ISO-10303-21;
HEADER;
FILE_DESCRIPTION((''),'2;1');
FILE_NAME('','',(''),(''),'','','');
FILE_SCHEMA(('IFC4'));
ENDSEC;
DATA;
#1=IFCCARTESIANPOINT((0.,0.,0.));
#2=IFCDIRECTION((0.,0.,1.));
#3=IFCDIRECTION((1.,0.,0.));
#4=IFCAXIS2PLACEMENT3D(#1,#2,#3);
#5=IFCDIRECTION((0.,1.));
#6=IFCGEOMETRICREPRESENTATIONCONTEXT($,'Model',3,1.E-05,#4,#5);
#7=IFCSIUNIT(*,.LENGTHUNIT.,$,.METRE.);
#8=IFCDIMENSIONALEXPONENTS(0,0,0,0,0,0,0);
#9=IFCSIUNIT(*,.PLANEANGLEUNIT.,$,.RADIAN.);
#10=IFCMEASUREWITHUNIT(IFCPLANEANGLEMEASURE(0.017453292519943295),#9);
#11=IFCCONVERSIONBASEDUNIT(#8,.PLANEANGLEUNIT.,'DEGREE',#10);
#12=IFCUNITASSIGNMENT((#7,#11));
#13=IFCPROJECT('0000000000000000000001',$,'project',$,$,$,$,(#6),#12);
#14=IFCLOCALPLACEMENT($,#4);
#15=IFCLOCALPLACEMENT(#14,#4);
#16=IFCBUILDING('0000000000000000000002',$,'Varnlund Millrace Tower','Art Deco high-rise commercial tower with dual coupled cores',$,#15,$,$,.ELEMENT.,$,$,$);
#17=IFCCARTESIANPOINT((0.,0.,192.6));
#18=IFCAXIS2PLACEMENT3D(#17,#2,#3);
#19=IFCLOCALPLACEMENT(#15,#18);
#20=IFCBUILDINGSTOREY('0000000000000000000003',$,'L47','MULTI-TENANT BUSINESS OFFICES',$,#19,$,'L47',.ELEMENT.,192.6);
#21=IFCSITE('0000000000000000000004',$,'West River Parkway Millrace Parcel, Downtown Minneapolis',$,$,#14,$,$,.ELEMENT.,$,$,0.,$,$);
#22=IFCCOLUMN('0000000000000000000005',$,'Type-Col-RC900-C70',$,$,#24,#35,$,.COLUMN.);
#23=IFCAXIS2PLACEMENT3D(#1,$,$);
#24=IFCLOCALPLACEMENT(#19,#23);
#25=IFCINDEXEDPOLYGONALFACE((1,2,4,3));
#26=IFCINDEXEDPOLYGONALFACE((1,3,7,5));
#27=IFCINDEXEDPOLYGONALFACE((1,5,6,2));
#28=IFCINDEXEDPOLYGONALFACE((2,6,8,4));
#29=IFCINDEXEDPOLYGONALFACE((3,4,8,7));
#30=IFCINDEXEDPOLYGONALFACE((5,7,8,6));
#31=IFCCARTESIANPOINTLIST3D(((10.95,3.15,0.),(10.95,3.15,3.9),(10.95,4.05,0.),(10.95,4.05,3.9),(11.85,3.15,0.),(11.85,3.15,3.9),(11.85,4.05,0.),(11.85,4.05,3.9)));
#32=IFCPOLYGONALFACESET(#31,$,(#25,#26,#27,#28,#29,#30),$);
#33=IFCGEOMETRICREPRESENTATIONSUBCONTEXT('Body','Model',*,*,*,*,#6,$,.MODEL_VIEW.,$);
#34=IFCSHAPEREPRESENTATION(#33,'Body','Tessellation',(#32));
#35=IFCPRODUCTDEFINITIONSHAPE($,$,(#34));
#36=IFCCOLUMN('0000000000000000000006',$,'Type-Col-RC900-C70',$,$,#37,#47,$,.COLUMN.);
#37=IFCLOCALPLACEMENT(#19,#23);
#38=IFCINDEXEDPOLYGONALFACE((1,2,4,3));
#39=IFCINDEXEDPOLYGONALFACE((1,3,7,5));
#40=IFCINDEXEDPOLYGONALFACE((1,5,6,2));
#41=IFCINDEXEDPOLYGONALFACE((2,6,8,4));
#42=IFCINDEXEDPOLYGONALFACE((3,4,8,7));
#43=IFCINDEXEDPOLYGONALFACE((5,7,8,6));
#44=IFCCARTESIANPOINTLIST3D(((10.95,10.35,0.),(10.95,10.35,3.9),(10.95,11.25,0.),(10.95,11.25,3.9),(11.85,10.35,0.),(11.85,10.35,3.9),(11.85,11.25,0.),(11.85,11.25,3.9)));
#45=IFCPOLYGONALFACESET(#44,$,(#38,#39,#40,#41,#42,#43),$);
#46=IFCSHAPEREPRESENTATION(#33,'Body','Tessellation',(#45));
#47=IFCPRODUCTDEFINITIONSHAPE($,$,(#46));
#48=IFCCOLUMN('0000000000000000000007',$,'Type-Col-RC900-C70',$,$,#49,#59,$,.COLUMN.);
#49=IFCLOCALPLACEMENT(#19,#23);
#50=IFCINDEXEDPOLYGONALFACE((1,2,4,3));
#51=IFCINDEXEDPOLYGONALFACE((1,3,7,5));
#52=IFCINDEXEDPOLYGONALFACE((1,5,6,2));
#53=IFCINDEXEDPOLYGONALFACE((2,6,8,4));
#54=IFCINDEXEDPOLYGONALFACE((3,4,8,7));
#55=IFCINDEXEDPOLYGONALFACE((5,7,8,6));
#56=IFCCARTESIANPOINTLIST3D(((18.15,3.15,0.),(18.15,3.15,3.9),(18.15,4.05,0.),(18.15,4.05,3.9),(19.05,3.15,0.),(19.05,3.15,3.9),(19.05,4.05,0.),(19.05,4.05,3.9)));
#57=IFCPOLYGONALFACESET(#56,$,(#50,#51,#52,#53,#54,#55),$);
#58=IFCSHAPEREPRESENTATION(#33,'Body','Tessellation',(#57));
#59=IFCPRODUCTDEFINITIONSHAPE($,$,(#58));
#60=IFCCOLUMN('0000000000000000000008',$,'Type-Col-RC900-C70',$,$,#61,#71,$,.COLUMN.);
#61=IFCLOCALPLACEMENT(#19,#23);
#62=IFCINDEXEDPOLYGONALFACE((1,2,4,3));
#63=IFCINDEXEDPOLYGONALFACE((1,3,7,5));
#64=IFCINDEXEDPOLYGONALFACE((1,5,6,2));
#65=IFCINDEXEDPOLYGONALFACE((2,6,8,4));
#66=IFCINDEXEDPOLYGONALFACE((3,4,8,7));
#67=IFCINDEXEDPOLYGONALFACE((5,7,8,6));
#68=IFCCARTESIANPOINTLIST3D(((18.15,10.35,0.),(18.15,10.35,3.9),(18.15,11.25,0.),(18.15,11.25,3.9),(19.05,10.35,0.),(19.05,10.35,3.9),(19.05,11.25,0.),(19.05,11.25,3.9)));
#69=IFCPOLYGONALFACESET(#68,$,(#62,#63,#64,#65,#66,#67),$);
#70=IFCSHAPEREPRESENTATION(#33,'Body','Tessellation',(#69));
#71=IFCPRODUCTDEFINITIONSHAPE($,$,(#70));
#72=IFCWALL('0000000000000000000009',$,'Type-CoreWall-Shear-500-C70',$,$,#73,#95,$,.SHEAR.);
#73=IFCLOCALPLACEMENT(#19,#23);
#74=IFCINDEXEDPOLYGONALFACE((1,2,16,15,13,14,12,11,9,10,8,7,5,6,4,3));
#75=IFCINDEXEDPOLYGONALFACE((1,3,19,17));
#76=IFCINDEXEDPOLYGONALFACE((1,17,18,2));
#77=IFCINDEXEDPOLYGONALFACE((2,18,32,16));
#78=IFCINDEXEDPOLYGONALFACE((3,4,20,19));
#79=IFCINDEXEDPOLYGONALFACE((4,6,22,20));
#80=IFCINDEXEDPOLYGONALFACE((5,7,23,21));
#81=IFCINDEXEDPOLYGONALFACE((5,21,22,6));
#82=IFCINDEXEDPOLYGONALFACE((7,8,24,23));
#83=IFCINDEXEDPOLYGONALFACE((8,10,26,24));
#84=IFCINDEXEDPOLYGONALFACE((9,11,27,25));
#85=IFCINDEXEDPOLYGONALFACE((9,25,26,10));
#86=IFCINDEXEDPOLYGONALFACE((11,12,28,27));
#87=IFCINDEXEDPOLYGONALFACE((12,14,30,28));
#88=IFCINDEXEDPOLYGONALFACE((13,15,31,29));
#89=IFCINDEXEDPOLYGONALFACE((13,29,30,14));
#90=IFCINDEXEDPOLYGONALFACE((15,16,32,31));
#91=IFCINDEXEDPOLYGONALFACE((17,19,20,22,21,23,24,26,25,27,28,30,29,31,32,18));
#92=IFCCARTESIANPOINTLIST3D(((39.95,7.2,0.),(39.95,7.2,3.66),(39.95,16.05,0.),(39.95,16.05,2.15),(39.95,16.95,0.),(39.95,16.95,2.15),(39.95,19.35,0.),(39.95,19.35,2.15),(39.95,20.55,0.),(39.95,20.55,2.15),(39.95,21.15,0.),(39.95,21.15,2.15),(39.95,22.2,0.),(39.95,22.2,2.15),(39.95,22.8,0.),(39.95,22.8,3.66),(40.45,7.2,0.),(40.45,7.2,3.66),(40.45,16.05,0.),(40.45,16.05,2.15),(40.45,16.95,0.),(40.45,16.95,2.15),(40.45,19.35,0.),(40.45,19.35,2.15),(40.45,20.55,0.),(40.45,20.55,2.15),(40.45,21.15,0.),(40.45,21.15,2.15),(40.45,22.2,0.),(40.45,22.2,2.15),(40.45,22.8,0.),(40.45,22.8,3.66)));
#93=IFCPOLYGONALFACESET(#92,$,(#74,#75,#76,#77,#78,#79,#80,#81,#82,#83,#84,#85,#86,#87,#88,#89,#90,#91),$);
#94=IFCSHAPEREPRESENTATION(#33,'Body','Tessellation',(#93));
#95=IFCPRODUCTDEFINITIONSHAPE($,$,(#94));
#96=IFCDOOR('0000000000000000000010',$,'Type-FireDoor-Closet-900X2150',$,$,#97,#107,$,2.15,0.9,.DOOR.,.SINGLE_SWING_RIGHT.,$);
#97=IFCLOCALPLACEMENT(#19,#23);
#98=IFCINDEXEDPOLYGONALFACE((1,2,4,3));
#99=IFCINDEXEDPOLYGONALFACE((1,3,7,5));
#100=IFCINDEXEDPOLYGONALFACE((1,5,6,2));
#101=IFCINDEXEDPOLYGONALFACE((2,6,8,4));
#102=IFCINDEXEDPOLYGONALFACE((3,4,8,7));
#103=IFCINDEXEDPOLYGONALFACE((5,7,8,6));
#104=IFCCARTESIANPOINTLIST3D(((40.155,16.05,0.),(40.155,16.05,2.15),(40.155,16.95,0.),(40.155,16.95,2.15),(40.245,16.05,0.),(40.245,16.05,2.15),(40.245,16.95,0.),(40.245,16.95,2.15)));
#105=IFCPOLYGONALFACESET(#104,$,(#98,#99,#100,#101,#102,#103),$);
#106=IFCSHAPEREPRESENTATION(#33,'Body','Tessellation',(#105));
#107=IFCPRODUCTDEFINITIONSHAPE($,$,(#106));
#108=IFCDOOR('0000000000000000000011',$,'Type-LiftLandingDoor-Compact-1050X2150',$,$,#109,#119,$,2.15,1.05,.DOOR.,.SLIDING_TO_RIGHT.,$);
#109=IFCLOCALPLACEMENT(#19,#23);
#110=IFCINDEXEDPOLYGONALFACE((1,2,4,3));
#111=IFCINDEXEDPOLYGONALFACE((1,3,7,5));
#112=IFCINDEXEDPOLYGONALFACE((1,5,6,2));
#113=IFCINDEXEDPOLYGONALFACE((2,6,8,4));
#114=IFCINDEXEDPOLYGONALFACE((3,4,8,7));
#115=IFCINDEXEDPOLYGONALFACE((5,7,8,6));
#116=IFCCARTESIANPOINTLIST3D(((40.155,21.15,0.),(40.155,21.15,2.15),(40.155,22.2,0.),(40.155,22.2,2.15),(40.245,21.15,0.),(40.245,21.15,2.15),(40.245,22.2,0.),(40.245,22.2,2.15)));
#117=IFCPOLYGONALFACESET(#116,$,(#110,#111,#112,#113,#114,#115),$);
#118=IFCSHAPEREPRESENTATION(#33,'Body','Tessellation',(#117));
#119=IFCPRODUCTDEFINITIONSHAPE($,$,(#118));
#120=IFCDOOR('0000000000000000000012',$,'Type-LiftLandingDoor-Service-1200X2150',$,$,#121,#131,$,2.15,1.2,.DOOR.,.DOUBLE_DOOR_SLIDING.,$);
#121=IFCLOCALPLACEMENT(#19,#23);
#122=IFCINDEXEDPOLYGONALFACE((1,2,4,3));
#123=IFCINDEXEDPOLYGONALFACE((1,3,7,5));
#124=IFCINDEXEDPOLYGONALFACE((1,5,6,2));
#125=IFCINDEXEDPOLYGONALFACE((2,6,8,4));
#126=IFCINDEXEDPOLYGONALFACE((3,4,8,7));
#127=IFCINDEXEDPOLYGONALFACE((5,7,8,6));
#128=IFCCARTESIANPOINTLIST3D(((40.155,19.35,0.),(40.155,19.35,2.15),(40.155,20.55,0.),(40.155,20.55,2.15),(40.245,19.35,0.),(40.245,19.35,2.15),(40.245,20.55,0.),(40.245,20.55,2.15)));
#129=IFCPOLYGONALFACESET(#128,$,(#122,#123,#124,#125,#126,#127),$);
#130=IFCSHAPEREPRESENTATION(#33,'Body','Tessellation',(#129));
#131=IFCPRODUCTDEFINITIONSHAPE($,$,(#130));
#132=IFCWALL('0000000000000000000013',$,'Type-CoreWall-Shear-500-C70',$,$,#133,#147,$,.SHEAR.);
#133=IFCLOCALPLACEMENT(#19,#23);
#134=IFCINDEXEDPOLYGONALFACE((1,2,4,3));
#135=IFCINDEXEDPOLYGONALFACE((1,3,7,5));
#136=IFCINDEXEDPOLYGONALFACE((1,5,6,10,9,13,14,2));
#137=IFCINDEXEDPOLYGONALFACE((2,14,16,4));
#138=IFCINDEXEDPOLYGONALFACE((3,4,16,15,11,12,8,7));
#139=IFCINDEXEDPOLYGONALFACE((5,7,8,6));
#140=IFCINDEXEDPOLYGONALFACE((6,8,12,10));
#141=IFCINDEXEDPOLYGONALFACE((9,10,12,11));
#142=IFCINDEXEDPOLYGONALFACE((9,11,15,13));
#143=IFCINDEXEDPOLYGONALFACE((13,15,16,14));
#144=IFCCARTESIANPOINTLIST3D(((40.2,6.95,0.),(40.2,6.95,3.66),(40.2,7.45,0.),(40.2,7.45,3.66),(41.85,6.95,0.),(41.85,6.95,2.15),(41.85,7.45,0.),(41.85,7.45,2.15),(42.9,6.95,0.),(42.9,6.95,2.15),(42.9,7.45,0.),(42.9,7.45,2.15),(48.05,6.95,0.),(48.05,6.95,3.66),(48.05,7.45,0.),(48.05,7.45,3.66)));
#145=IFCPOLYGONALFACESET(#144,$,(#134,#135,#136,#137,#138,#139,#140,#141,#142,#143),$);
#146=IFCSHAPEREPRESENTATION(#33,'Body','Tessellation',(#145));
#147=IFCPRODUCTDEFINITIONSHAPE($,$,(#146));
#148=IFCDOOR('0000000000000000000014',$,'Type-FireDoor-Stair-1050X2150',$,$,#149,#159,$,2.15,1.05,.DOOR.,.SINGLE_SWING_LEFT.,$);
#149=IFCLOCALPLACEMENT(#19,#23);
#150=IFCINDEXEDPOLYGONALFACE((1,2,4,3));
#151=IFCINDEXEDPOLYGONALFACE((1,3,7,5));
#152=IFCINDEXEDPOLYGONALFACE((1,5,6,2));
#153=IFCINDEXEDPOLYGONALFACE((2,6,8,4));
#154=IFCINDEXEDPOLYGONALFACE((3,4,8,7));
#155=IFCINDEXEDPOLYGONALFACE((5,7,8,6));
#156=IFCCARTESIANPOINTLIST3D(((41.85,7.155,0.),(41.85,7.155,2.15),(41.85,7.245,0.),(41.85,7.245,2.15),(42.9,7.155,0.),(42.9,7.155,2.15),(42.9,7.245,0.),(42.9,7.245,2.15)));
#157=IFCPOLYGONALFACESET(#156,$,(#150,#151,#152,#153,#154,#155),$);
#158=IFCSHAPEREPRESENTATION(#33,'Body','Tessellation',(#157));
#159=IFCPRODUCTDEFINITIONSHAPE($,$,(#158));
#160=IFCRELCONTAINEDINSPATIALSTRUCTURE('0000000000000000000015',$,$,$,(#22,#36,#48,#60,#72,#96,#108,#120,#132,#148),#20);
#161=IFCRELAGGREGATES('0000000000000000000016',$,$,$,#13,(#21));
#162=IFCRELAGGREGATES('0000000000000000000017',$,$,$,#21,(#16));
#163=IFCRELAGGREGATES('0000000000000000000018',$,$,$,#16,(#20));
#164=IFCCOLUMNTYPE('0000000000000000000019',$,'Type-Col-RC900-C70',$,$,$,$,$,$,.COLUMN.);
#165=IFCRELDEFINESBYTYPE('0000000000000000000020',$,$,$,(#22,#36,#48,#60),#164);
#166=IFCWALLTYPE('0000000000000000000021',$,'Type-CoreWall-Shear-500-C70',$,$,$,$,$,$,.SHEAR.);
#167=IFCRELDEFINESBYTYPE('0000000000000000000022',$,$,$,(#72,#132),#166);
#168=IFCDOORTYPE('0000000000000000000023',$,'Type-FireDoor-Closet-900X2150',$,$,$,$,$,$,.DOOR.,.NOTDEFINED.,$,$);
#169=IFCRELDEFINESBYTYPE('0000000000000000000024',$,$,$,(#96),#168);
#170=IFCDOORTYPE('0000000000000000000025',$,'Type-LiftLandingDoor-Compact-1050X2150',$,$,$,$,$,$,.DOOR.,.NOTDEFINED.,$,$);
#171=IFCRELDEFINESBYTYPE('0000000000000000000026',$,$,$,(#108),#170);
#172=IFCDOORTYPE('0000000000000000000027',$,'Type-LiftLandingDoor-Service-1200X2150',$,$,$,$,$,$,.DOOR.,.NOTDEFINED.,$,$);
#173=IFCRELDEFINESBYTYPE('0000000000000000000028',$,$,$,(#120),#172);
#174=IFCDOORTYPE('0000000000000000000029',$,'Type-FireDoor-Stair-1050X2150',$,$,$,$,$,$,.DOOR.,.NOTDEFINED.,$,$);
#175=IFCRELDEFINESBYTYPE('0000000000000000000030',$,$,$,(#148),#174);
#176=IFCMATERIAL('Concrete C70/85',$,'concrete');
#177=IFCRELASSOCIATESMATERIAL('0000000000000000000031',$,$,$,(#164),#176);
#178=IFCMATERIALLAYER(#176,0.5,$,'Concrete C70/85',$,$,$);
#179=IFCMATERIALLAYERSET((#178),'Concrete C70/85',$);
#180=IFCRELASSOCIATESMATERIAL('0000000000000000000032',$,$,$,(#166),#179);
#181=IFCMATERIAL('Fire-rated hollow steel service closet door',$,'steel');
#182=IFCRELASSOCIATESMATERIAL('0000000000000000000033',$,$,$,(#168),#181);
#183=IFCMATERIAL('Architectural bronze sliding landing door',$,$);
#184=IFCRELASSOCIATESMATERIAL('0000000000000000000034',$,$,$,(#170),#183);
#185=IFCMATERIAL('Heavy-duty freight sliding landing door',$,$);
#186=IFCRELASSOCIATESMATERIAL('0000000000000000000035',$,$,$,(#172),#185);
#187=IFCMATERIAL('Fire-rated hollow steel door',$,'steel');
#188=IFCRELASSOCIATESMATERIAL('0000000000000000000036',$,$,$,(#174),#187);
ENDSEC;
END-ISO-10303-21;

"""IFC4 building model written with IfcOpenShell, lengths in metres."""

from ifc_helpers import new_model, entity, si_unit, converted_unit, direction, frame, origin_with_axes, origin_2d_with_axis, place, context, subcontext, project, spatial, polyline, rectangle, outline, extrude, material, layer, layer_set, material_profile, profile_set, type_object, element, fill, save


model = new_model("IFC4")

# Units and contexts
model_context = context("Model", 3, precision=1e-05, world=origin_with_axes(), true_north=direction((0.0, 1.0)))
body_context = subcontext(model_context, "Body", "Model", "MODEL_VIEW")
ifc_project = project(units=[si_unit("LENGTHUNIT", "METRE"), converted_unit("PLANEANGLEUNIT", "DEGREE", entity("IfcPlaneAngleMeasure", 0.017453292519943295), si_unit("PLANEANGLEUNIT", "RADIAN"), dimensions=[0, 0, 0, 0, 0, 0, 0])], contexts=[model_context])

# Site, building, storey
site_placement = place(None, origin_with_axes())
site = spatial("IfcSite", under=ifc_project, at=site_placement, Name="West River Parkway Millrace Parcel, Downtown Minneapolis", CompositionType="ELEMENT", RefElevation=0.0)
building_placement = place(site_placement, origin_with_axes())
building = spatial("IfcBuilding", under=site, at=building_placement, Name="Varnlund Millrace Tower", Description="Art Deco high-rise commercial tower with dual coupled cores", CompositionType="ELEMENT")
storey_placement = place(building_placement, frame((0.0, 0.0, 192.6), z_axis=(0.0, 0.0, 1.0), x_axis=(1.0, 0.0, 0.0)))
storey = spatial("IfcBuildingStorey", under=building, at=storey_placement, Name="L47", Description="MULTI-TENANT BUSINESS OFFICES", LongName="L47", CompositionType="ELEMENT", Elevation=192.6)

# Columns
ifc_material_1 = material(Name="Concrete C70/85", Category="concrete")
ifc_material_profile = material_profile(ifc_material_1, rectangle(XDim=0.9, YDim=0.9, at=origin_2d_with_axis()), Name="Concrete C70/85")
ifc_profile_set = profile_set([ifc_material_profile], Name="Concrete C70/85")
column_type = type_object("IfcColumnType", Name="Type-Col-RC900-C70", PredefinedType="COLUMN", material=ifc_profile_set)
for number, where, z_axis, x_axis, name in (
    (1, (11.4, 3.6, 0.0), (0.0, 0.0, 1.0), (1.0, 0.0, 0.0), "Type-Col-RC900-C70"),
    (2, (11.4, 10.8, 0.0), (0.0, 0.0, 1.0), (1.0, 0.0, 0.0), "Type-Col-RC900-C70"),
    (3, (18.6, 3.6, 0.0), (0.0, 0.0, 1.0), (1.0, 0.0, 0.0), "Type-Col-RC900-C70"),
    (4, (18.6, 10.8, 0.0), (0.0, 0.0, 1.0), (1.0, 0.0, 0.0), "Type-Col-RC900-C70"),
):
    element("IfcColumn", number, at=place(storey_placement, frame(where, z_axis=z_axis, x_axis=x_axis)), inside=storey, type_object=column_type, Name=name, PredefinedType="COLUMN", context=body_context, shape_type="SweptSolid", body=[
        extrude(rectangle(XDim=0.9, YDim=0.9, at=origin_2d_with_axis()), origin_with_axes(), (0.0, 0.0, 1.0), 3.9),
    ])

# Wall, openings, doors
ifc_layer_1 = layer(ifc_material_1, 0.5, Name="Concrete C70/85")
ifc_layer_set_1 = layer_set([ifc_layer_1], Name="Concrete C70/85")
wall_type_1 = type_object("IfcWallType", Name="Type-CoreWall-Shear-500-C70", PredefinedType="SHEAR", material=ifc_layer_set_1)
wall_1_placement = place(storey_placement, frame((40.2, 7.2, 0.0), z_axis=(0.0, 0.0, 1.0), x_axis=(0.0, 1.0, 0.0)))
wall_1 = element("IfcWall", 5, at=wall_1_placement, inside=storey, type_object=wall_type_1, Name="Type-CoreWall-Shear-500-C70", PredefinedType="SHEAR", context=body_context, shape_type="SweptSolid", body=[
    extrude(outline(polyline([(0.0, -0.25), (15.6, -0.25), (15.6, 0.25), (0.0, 0.25), (0.0, -0.25)])), origin_with_axes(), (0.0, 0.0, 1.0), 3.66),
])
opening_1_placement = place(wall_1_placement, frame((14.475, 0.0, 0.0), z_axis=(0.0, 0.0, 1.0), x_axis=(1.0, 0.0, 0.0)))
opening_1 = element("IfcOpeningElement", 6, at=opening_1_placement, cuts=wall_1, PredefinedType="OPENING", context=body_context, shape_type="SweptSolid", body=[
    extrude(rectangle(XDim=1.05, YDim=0.52, at=origin_2d_with_axis()), origin_with_axes(), (0.0, 0.0, 1.0), 2.15),
])
opening_2_placement = place(wall_1_placement, frame((12.75, 0.0, 0.0), z_axis=(0.0, 0.0, 1.0), x_axis=(1.0, 0.0, 0.0)))
opening_2 = element("IfcOpeningElement", 7, at=opening_2_placement, cuts=wall_1, PredefinedType="OPENING", context=body_context, shape_type="SweptSolid", body=[
    extrude(rectangle(XDim=1.2, YDim=0.52, at=origin_2d_with_axis()), origin_with_axes(), (0.0, 0.0, 1.0), 2.15),
])
opening_3_placement = place(wall_1_placement, frame((9.3, 0.0, 0.0), z_axis=(0.0, 0.0, 1.0), x_axis=(1.0, 0.0, 0.0)))
opening_3 = element("IfcOpeningElement", 8, at=opening_3_placement, cuts=wall_1, PredefinedType="OPENING", context=body_context, shape_type="SweptSolid", body=[
    extrude(rectangle(XDim=0.9, YDim=0.52, at=origin_2d_with_axis()), origin_with_axes(), (0.0, 0.0, 1.0), 2.15),
])
ifc_material_2 = material(Name="Fire-rated hollow steel service closet door", Category="steel")
door_type_1 = type_object("IfcDoorType", Name="Type-FireDoor-Closet-900X2150", OperationType="NOTDEFINED", PredefinedType="DOOR", material=ifc_material_2)
door_1_placement = place(wall_1_placement, frame((9.3, 0.0, 0.0), z_axis=(0.0, 0.0, 1.0), x_axis=(1.0, 0.0, 0.0)))
door_1 = element("IfcDoor", 9, at=door_1_placement, inside=storey, type_object=door_type_1, Name="Type-FireDoor-Closet-900X2150", OperationType="SINGLE_SWING_RIGHT", OverallHeight=2.15, OverallWidth=0.9, PredefinedType="DOOR", context=body_context, shape_type="SweptSolid", body=[
    extrude(rectangle(XDim=0.9, YDim=0.09, at=origin_2d_with_axis()), origin_with_axes(), (0.0, 0.0, 1.0), 2.15),
])
fill(opening_3, door_1)
ifc_material_3 = material(Name="Architectural bronze sliding landing door")
door_type_2 = type_object("IfcDoorType", Name="Type-LiftLandingDoor-Compact-1050X2150", OperationType="NOTDEFINED", PredefinedType="DOOR", material=ifc_material_3)
door_2_placement = place(wall_1_placement, frame((14.475, 0.0, 0.0), z_axis=(0.0, 0.0, 1.0), x_axis=(1.0, 0.0, 0.0)))
door_2 = element("IfcDoor", 10, at=door_2_placement, inside=storey, type_object=door_type_2, Name="Type-LiftLandingDoor-Compact-1050X2150", OperationType="SLIDING_TO_RIGHT", OverallHeight=2.15, OverallWidth=1.05, PredefinedType="DOOR", context=body_context, shape_type="SweptSolid", body=[
    extrude(rectangle(XDim=1.05, YDim=0.09, at=origin_2d_with_axis()), origin_with_axes(), (0.0, 0.0, 1.0), 2.15),
])
fill(opening_1, door_2)
ifc_material_4 = material(Name="Heavy-duty freight sliding landing door")
door_type_3 = type_object("IfcDoorType", Name="Type-LiftLandingDoor-Service-1200X2150", OperationType="NOTDEFINED", PredefinedType="DOOR", material=ifc_material_4)
door_3_placement = place(wall_1_placement, frame((12.75, 0.0, 0.0), z_axis=(0.0, 0.0, 1.0), x_axis=(1.0, 0.0, 0.0)))
door_3 = element("IfcDoor", 11, at=door_3_placement, inside=storey, type_object=door_type_3, Name="Type-LiftLandingDoor-Service-1200X2150", OperationType="DOUBLE_DOOR_SLIDING", OverallHeight=2.15, OverallWidth=1.2, PredefinedType="DOOR", context=body_context, shape_type="SweptSolid", body=[
    extrude(rectangle(XDim=1.2, YDim=0.09, at=origin_2d_with_axis()), origin_with_axes(), (0.0, 0.0, 1.0), 2.15),
])
fill(opening_2, door_3)

# Wall, opening, door
wall_2_placement = place(storey_placement, frame((40.2, 7.2, 0.0), z_axis=(0.0, 0.0, 1.0), x_axis=(1.0, 0.0, 0.0)))
wall_2 = element("IfcWall", 12, at=wall_2_placement, inside=storey, type_object=wall_type_1, Name="Type-CoreWall-Shear-500-C70", PredefinedType="SHEAR", context=body_context, shape_type="SweptSolid", body=[
    extrude(outline(polyline([(0.0, -0.25), (7.85, -0.25), (7.85, 0.25), (0.0, 0.25), (0.0, -0.25)])), origin_with_axes(), (0.0, 0.0, 1.0), 3.66),
])
opening_4_placement = place(wall_2_placement, frame((2.175, 0.0, 0.0), z_axis=(0.0, 0.0, 1.0), x_axis=(1.0, 0.0, 0.0)))
opening_4 = element("IfcOpeningElement", 13, at=opening_4_placement, cuts=wall_2, PredefinedType="OPENING", context=body_context, shape_type="SweptSolid", body=[
    extrude(rectangle(XDim=1.05, YDim=0.52, at=origin_2d_with_axis()), origin_with_axes(), (0.0, 0.0, 1.0), 2.15),
])
ifc_material_5 = material(Name="Fire-rated hollow steel door", Category="steel")
door_type_4 = type_object("IfcDoorType", Name="Type-FireDoor-Stair-1050X2150", OperationType="NOTDEFINED", PredefinedType="DOOR", material=ifc_material_5)
door_4_placement = place(wall_2_placement, frame((2.175, 0.0, 0.0), z_axis=(0.0, 0.0, 1.0), x_axis=(1.0, 0.0, 0.0)))
door_4 = element("IfcDoor", 14, at=door_4_placement, inside=storey, type_object=door_type_4, Name="Type-FireDoor-Stair-1050X2150", OperationType="SINGLE_SWING_LEFT", OverallHeight=2.15, OverallWidth=1.05, PredefinedType="DOOR", context=body_context, shape_type="SweptSolid", body=[
    extrude(rectangle(XDim=1.05, YDim=0.09, at=origin_2d_with_axis()), origin_with_axes(), (0.0, 0.0, 1.0), 2.15),
])
fill(opening_4, door_4)

save(model, "model.ifc")
